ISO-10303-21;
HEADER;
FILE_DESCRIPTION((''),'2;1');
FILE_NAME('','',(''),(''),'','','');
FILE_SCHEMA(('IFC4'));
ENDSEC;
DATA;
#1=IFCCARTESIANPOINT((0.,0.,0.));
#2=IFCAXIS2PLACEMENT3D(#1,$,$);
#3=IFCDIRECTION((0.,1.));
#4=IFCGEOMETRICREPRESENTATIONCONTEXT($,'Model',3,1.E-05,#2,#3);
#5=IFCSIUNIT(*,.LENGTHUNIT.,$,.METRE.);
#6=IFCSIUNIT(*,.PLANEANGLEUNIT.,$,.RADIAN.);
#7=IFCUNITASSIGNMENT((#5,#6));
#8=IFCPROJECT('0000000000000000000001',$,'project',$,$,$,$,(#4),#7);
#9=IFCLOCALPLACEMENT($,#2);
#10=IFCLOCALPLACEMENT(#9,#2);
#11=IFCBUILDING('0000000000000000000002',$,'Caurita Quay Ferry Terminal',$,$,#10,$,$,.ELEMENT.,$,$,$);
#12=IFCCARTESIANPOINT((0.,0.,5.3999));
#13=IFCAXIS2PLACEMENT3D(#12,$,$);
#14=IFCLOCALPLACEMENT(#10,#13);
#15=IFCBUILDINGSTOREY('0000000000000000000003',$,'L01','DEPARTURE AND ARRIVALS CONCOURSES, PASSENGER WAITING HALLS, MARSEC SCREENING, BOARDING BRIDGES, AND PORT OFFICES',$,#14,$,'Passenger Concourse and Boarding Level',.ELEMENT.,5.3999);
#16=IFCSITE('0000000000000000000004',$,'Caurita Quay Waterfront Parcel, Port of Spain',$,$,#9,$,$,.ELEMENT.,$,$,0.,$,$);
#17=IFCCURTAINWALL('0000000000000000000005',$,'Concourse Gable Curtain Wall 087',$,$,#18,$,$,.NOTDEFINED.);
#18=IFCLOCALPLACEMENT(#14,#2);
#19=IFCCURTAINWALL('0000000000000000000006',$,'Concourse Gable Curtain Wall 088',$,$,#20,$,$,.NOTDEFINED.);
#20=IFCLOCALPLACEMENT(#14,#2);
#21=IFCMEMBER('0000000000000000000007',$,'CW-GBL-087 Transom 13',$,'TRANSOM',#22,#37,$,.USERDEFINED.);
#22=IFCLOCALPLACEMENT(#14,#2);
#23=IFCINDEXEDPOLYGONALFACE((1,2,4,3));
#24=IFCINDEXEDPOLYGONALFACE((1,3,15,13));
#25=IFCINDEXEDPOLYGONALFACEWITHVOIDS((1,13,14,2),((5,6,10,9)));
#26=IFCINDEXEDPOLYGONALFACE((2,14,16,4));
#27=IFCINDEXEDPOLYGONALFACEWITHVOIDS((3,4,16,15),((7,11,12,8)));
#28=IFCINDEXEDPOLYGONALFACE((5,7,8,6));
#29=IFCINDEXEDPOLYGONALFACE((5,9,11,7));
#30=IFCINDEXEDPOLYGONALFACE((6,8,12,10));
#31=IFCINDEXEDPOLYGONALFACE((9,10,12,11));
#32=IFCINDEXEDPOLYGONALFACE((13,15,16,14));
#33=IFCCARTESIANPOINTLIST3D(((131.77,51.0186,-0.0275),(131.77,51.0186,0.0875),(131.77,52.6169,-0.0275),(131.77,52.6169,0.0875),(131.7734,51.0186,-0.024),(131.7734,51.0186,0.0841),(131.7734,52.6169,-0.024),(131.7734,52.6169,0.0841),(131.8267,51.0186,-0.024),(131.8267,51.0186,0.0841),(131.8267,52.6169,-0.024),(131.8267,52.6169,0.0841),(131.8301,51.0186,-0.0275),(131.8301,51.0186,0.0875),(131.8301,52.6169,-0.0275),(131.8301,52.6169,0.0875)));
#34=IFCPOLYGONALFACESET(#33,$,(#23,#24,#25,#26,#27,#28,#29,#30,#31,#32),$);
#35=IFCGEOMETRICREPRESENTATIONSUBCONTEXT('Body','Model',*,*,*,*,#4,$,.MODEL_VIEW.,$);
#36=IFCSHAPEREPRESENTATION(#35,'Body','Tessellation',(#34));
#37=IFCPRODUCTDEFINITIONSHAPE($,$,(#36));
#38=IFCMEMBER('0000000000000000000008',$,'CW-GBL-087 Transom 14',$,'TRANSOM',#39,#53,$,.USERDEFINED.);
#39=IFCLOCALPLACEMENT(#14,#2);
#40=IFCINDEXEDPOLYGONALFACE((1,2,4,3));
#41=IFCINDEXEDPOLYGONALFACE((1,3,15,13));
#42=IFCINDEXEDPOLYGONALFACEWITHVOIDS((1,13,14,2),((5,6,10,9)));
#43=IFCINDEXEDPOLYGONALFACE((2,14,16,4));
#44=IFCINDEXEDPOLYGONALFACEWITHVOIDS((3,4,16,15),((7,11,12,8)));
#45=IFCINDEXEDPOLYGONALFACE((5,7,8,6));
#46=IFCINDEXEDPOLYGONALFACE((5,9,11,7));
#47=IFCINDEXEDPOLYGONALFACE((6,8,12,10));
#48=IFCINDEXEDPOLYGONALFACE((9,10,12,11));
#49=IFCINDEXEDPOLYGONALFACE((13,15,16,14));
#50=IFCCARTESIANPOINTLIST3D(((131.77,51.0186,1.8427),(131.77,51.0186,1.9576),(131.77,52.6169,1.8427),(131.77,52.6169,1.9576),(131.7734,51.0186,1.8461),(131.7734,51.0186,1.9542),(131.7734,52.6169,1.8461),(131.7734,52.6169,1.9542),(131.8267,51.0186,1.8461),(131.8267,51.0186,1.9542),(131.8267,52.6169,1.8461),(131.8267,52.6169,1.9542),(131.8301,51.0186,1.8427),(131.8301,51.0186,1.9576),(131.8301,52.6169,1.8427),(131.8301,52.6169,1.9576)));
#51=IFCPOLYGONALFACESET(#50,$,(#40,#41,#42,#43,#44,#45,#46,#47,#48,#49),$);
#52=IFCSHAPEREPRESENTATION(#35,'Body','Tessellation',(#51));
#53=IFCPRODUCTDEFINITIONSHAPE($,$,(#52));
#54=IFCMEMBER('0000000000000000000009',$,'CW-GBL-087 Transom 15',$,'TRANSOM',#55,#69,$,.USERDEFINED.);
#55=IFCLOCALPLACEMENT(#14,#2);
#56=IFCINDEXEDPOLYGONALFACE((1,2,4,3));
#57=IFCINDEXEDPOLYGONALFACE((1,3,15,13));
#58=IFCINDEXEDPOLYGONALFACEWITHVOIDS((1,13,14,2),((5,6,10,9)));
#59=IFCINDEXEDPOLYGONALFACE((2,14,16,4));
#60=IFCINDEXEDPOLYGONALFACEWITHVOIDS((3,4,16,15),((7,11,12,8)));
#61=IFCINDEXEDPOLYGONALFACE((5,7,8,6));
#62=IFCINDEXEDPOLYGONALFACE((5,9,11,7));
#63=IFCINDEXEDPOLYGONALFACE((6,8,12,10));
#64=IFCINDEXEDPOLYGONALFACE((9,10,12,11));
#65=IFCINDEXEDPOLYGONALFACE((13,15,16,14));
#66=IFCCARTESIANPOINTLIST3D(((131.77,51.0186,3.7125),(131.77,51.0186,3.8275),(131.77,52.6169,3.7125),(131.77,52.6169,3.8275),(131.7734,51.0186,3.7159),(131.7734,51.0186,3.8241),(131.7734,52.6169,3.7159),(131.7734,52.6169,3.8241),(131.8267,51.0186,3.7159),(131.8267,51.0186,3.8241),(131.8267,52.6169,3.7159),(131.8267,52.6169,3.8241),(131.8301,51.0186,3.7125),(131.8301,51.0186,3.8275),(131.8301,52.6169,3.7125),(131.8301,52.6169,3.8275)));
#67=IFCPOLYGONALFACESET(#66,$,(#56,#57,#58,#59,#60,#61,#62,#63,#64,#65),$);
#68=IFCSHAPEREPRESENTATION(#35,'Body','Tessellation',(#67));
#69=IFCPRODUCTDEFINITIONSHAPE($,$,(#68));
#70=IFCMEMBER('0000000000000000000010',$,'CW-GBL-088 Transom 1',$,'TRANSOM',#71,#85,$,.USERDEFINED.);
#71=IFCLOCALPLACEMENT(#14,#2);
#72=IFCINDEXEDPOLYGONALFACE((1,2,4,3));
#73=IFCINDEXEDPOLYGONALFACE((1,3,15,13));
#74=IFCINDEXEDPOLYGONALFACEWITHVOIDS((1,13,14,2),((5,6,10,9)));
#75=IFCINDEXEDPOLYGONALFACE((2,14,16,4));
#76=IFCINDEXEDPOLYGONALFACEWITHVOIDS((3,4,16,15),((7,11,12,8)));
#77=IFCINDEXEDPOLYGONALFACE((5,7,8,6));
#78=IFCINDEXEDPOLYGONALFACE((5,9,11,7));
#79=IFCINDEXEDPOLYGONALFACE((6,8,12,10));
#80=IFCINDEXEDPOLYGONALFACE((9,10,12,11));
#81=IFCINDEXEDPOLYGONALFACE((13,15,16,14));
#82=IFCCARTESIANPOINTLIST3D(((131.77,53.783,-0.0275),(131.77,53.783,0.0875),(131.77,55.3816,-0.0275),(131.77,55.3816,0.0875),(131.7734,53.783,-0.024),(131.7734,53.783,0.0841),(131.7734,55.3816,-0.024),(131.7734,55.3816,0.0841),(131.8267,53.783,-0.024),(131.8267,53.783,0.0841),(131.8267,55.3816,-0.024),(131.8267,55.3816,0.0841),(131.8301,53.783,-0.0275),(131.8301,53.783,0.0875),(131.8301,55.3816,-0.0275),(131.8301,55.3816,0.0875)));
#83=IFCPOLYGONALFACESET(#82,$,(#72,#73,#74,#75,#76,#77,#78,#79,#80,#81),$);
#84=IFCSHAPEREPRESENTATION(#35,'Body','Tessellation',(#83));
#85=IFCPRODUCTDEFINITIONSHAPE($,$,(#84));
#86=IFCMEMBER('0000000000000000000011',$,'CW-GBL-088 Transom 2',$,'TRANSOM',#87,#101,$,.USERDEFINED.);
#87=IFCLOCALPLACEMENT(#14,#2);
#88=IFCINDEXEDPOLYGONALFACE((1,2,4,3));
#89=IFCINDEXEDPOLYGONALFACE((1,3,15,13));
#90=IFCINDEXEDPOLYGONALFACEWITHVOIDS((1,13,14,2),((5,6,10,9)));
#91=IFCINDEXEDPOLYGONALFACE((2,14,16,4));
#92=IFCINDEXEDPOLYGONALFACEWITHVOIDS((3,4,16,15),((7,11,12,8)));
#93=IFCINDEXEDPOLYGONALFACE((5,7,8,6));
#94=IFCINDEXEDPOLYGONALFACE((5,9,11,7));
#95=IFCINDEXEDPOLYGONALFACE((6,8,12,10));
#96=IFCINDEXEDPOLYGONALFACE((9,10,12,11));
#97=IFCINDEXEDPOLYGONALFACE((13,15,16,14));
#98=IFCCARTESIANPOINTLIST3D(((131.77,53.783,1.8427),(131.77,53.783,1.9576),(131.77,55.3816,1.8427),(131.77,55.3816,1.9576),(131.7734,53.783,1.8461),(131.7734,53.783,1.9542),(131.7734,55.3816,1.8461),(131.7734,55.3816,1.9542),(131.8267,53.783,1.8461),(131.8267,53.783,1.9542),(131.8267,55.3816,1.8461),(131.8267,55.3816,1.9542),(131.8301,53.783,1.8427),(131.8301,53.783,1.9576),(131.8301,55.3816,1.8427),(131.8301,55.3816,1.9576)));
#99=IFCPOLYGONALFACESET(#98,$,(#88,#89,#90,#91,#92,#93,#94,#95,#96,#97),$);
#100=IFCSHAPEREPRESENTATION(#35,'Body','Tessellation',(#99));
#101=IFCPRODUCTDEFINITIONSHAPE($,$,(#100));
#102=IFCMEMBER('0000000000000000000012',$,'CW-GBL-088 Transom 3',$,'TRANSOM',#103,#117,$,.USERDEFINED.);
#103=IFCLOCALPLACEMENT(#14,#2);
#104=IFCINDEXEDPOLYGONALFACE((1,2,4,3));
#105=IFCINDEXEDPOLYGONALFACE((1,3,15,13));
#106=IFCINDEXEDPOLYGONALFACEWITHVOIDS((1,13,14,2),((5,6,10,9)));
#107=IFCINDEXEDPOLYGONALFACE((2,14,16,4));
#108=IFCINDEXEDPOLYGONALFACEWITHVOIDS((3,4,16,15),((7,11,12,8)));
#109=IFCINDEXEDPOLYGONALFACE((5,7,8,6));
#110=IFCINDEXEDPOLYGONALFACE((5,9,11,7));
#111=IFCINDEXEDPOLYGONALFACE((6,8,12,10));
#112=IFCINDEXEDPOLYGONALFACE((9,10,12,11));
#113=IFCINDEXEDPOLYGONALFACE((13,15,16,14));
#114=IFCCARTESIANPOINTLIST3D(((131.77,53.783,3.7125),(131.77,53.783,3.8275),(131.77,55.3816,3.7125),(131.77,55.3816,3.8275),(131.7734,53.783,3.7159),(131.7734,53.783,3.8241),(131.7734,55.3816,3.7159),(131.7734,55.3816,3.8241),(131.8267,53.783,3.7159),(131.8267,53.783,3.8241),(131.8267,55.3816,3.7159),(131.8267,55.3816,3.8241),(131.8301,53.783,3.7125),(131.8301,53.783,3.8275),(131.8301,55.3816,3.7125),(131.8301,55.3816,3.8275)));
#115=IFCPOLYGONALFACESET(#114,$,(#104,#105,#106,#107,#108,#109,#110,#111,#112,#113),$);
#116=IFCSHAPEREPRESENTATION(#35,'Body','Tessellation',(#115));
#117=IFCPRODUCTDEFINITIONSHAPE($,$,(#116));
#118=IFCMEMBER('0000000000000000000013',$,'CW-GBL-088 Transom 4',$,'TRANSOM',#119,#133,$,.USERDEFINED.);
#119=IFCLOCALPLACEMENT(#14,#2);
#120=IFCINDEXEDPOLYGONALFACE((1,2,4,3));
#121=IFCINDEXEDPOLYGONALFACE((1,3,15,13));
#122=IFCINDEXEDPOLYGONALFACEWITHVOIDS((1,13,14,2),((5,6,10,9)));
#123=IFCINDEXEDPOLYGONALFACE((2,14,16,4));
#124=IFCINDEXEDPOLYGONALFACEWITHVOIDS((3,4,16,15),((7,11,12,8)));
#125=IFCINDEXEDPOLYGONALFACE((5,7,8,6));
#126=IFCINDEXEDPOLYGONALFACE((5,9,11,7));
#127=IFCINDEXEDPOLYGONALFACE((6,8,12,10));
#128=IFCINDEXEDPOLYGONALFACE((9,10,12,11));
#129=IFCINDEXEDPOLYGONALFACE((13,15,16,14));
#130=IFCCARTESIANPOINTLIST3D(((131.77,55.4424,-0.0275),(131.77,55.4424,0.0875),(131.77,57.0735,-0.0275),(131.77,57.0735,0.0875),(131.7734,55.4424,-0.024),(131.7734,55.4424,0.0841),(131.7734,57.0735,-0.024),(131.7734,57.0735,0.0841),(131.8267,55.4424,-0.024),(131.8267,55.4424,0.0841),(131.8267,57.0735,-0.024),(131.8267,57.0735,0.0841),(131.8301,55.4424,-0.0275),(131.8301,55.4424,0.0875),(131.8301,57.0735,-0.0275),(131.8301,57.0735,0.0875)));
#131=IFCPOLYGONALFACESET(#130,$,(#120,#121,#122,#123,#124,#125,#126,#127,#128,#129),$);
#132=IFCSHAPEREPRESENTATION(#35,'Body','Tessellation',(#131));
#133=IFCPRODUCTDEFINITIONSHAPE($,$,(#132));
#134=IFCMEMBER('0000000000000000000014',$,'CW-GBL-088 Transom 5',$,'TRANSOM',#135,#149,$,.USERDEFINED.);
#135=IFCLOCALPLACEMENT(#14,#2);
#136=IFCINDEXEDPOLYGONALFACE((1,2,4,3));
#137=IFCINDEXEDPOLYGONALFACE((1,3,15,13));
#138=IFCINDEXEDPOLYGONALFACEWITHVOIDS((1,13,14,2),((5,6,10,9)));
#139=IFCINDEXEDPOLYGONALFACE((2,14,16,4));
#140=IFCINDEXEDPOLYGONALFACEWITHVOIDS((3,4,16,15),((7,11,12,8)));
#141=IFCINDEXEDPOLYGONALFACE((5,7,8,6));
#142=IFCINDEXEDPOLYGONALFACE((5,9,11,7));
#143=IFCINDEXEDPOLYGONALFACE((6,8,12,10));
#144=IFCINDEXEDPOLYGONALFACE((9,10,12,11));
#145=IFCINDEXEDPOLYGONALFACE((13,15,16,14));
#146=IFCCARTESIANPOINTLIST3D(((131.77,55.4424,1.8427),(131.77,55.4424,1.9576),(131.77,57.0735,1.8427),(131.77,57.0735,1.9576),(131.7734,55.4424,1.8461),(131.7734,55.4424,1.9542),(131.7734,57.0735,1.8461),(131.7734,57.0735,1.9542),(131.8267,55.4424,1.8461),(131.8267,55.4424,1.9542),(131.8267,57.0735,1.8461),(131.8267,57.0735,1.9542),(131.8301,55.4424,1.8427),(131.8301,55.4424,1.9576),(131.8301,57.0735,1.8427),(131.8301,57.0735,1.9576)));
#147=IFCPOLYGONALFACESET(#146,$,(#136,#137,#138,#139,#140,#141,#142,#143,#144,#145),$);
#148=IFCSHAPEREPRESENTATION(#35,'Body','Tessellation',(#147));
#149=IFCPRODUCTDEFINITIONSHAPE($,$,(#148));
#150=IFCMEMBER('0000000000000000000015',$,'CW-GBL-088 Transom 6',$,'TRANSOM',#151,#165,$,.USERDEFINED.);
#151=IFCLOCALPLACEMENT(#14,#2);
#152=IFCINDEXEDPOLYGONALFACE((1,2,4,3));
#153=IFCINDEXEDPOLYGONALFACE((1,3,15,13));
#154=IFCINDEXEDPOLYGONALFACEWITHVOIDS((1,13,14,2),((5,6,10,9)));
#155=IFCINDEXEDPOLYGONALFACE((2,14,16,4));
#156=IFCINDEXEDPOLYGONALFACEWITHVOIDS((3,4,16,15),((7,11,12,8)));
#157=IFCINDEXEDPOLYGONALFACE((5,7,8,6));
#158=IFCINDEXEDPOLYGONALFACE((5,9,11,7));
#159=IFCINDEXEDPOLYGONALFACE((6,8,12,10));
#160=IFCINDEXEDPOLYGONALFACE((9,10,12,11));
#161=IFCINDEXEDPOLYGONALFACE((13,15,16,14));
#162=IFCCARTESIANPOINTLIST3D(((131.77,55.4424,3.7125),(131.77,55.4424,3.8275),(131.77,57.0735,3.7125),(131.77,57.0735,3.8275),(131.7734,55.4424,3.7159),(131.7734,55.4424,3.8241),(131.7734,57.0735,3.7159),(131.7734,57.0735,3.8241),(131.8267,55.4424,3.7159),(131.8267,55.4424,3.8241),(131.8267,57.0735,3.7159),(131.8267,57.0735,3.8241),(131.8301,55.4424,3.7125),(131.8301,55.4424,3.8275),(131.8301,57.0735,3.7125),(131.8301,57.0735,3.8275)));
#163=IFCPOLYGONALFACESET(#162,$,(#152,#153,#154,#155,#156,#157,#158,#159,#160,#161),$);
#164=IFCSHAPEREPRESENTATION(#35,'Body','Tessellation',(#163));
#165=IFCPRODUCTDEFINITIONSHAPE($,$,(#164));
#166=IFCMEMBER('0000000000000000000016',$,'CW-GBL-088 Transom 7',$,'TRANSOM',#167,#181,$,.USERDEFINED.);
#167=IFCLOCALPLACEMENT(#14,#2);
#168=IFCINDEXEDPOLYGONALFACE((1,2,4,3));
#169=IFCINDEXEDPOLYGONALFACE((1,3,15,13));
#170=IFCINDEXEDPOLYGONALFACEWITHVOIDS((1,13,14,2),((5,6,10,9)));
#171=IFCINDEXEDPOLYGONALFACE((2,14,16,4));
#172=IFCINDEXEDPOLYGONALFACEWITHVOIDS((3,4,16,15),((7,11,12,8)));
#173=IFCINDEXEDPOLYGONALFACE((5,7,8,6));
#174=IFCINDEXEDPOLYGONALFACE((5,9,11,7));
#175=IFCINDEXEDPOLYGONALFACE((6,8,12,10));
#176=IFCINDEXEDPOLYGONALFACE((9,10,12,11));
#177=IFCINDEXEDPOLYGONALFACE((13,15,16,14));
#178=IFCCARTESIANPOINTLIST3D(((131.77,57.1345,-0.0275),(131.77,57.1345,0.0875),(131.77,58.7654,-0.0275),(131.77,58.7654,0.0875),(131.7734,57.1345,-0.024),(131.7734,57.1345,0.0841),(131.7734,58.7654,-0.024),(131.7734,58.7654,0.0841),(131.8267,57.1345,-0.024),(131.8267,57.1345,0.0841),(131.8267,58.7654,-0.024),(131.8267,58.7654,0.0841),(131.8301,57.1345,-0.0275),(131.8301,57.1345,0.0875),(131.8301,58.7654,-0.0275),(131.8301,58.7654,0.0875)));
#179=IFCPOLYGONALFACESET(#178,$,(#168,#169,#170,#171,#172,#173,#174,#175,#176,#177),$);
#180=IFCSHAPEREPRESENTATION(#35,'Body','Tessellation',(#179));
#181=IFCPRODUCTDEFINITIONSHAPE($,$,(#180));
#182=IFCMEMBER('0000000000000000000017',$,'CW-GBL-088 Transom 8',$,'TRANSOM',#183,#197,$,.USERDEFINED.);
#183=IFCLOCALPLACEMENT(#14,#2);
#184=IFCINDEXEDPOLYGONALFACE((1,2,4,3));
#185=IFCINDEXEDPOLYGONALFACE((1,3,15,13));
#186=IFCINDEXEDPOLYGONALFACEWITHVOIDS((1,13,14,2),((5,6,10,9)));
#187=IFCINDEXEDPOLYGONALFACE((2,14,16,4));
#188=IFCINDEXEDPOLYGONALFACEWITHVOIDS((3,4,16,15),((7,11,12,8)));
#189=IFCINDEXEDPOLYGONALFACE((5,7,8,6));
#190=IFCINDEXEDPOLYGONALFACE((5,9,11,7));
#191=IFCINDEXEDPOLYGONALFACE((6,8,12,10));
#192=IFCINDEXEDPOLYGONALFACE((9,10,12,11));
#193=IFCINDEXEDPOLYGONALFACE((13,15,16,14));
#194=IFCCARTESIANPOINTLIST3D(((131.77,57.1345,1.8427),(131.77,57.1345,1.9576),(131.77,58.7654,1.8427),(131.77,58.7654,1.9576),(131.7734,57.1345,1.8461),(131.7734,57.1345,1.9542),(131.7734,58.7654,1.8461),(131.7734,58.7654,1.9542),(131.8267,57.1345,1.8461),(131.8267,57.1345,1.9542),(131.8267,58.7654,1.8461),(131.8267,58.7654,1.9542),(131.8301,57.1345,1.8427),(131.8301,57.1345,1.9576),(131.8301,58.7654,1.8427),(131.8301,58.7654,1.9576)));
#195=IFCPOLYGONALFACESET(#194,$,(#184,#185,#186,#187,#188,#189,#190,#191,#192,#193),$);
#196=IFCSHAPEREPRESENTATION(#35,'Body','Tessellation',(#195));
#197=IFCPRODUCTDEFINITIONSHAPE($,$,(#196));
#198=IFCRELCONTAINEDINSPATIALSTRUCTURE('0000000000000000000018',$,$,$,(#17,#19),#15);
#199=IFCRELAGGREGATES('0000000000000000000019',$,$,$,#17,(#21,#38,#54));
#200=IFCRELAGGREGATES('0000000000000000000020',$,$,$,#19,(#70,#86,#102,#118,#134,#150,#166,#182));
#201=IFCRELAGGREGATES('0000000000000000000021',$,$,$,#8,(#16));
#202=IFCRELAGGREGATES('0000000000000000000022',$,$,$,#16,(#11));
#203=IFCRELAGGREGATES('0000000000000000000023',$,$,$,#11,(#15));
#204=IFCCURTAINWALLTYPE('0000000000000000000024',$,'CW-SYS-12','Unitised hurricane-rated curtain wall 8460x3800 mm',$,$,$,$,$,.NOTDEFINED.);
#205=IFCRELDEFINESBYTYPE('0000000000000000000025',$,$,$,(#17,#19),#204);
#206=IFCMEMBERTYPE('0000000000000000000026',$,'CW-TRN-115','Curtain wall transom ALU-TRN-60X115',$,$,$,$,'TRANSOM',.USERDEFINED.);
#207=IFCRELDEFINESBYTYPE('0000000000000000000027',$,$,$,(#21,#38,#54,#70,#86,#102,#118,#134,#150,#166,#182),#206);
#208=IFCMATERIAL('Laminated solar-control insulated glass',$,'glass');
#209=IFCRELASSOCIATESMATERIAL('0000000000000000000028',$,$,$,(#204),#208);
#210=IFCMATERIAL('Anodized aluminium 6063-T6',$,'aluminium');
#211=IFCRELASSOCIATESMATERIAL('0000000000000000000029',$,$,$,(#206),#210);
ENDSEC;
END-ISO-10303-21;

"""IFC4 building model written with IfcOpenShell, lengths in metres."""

from ifc_helpers import new_model, si_unit, direction, frame, origin, origin_2d, place, context, subcontext, project, spatial, hollow_rectangle, extrude, material, material_profile, profile_set, type_object, element, aggregate, save


model = new_model("IFC4")

# Units and contexts
model_context = context("Model", 3, precision=1e-05, world=origin(), true_north=direction((0.0, 1.0)))
body_context = subcontext(model_context, "Body", "Model", "MODEL_VIEW")
ifc_project = project(units=[si_unit("LENGTHUNIT", "METRE"), si_unit("PLANEANGLEUNIT", "RADIAN")], contexts=[model_context])

# Site, building, storey
site_placement = place(None, origin())
site = spatial("IfcSite", under=ifc_project, at=site_placement, Name="Caurita Quay Waterfront Parcel, Port of Spain", CompositionType="ELEMENT", RefElevation=0.0)
building_placement = place(site_placement, origin())
building = spatial("IfcBuilding", under=site, at=building_placement, Name="Caurita Quay Ferry Terminal", CompositionType="ELEMENT")
storey_placement = place(building_placement, frame((0.0, 0.0, 5.3999)))
storey = spatial("IfcBuildingStorey", under=building, at=storey_placement, Name="L01", Description="DEPARTURE AND ARRIVALS CONCOURSES, PASSENGER WAITING HALLS, MARSEC SCREENING, BOARDING BRIDGES, AND PORT OFFICES", LongName="Passenger Concourse and Boarding Level", CompositionType="ELEMENT", Elevation=5.3999)

# Curtain walls
ifc_material_1 = material(Name="Laminated solar-control insulated glass", Category="glass")
curtain_wall_type = type_object("IfcCurtainWallType", Name="CW-SYS-12", Description="Unitised hurricane-rated curtain wall 8460x3800 mm", PredefinedType="NOTDEFINED", material=ifc_material_1)
curtain_wall_1_placement = place(storey_placement, origin())
curtain_wall_1 = element("IfcCurtainWall", 1, at=curtain_wall_1_placement, inside=storey, type_object=curtain_wall_type, Name="Concourse Gable Curtain Wall 087", PredefinedType="NOTDEFINED")
ifc_material_2 = material(Name="Anodized aluminium 6063-T6", Category="aluminium")
curtain_wall_2_placement = place(storey_placement, origin())
curtain_wall_2 = element("IfcCurtainWall", 2, at=curtain_wall_2_placement, inside=storey, type_object=curtain_wall_type, Name="Concourse Gable Curtain Wall 088", PredefinedType="NOTDEFINED")

# Members
ifc_material_profile_1 = material_profile(ifc_material_2, hollow_rectangle(XDim=0.0601, YDim=0.115, WallThickness=0.0034, at=origin_2d()), Name="ALU-TRN-60X115")
ifc_profile_set_1 = profile_set([ifc_material_profile_1], Name="Anodized aluminium 6063-T6")
member_type_1 = type_object("IfcMemberType", Name="CW-TRN-115", Description="Curtain wall transom ALU-TRN-60X115", ElementType="TRANSOM", PredefinedType="USERDEFINED", material=ifc_profile_set_1)
member_1_placement = place(storey_placement, frame((131.8, 51.0186, 0.03), z_axis=(0.0, 1.0, 0.0), x_axis=(-1.0, 0.0, 0.0)))
member_1 = element("IfcMember", 3, at=member_1_placement, type_object=member_type_1, Name="CW-GBL-087 Transom 13", ObjectType="TRANSOM", PredefinedType="USERDEFINED", context=body_context, shape_type="SweptSolid", body=[
    extrude(hollow_rectangle(XDim=0.0601, YDim=0.115, WallThickness=0.0034, at=origin_2d()), origin(), (0.0, 0.0, 1.0), 1.5984),
])
member_2_placement = place(storey_placement, frame((131.8, 51.0186, 1.9001), z_axis=(0.0, 1.0, 0.0), x_axis=(-1.0, 0.0, 0.0)))
member_2 = element("IfcMember", 4, at=member_2_placement, type_object=member_type_1, Name="CW-GBL-087 Transom 14", ObjectType="TRANSOM", PredefinedType="USERDEFINED", context=body_context, shape_type="SweptSolid", body=[
    extrude(hollow_rectangle(XDim=0.0601, YDim=0.115, WallThickness=0.0034, at=origin_2d()), origin(), (0.0, 0.0, 1.0), 1.5984),
])
member_3_placement = place(storey_placement, frame((131.8, 51.0186, 3.77), z_axis=(0.0, 1.0, 0.0), x_axis=(-1.0, 0.0, 0.0)))
member_3 = element("IfcMember", 5, at=member_3_placement, type_object=member_type_1, Name="CW-GBL-087 Transom 15", ObjectType="TRANSOM", PredefinedType="USERDEFINED", context=body_context, shape_type="SweptSolid", body=[
    extrude(hollow_rectangle(XDim=0.0601, YDim=0.115, WallThickness=0.0034, at=origin_2d()), origin(), (0.0, 0.0, 1.0), 1.5984),
])
member_4_placement = place(storey_placement, frame((131.8, 53.783, 0.03), z_axis=(0.0, 1.0, 0.0), x_axis=(-1.0, 0.0, 0.0)))
member_4 = element("IfcMember", 6, at=member_4_placement, type_object=member_type_1, Name="CW-GBL-088 Transom 1", ObjectType="TRANSOM", PredefinedType="USERDEFINED", context=body_context, shape_type="SweptSolid", body=[
    extrude(hollow_rectangle(XDim=0.0601, YDim=0.115, WallThickness=0.0034, at=origin_2d()), origin(), (0.0, 0.0, 1.0), 1.5986),
])
member_5_placement = place(storey_placement, frame((131.8, 53.783, 1.9001), z_axis=(0.0, 1.0, 0.0), x_axis=(-1.0, 0.0, 0.0)))
member_5 = element("IfcMember", 7, at=member_5_placement, type_object=member_type_1, Name="CW-GBL-088 Transom 2", ObjectType="TRANSOM", PredefinedType="USERDEFINED", context=body_context, shape_type="SweptSolid", body=[
    extrude(hollow_rectangle(XDim=0.0601, YDim=0.115, WallThickness=0.0034, at=origin_2d()), origin(), (0.0, 0.0, 1.0), 1.5986),
])
member_6_placement = place(storey_placement, frame((131.8, 53.783, 3.77), z_axis=(0.0, 1.0, 0.0), x_axis=(-1.0, 0.0, 0.0)))
member_6 = element("IfcMember", 8, at=member_6_placement, type_object=member_type_1, Name="CW-GBL-088 Transom 3", ObjectType="TRANSOM", PredefinedType="USERDEFINED", context=body_context, shape_type="SweptSolid", body=[
    extrude(hollow_rectangle(XDim=0.0601, YDim=0.115, WallThickness=0.0034, at=origin_2d()), origin(), (0.0, 0.0, 1.0), 1.5986),
])
member_7_placement = place(storey_placement, frame((131.8, 55.4424, 0.03), z_axis=(0.0, 1.0, 0.0), x_axis=(-1.0, 0.0, 0.0)))
member_7 = element("IfcMember", 9, at=member_7_placement, type_object=member_type_1, Name="CW-GBL-088 Transom 4", ObjectType="TRANSOM", PredefinedType="USERDEFINED", context=body_context, shape_type="SweptSolid", body=[
    extrude(hollow_rectangle(XDim=0.0601, YDim=0.115, WallThickness=0.0034, at=origin_2d()), origin(), (0.0, 0.0, 1.0), 1.6311),
])
member_8_placement = place(storey_placement, frame((131.8, 55.4424, 1.9001), z_axis=(0.0, 1.0, 0.0), x_axis=(-1.0, 0.0, 0.0)))
member_8 = element("IfcMember", 10, at=member_8_placement, type_object=member_type_1, Name="CW-GBL-088 Transom 5", ObjectType="TRANSOM", PredefinedType="USERDEFINED", context=body_context, shape_type="SweptSolid", body=[
    extrude(hollow_rectangle(XDim=0.0601, YDim=0.115, WallThickness=0.0034, at=origin_2d()), origin(), (0.0, 0.0, 1.0), 1.6311),
])
member_9_placement = place(storey_placement, frame((131.8, 55.4424, 3.77), z_axis=(0.0, 1.0, 0.0), x_axis=(-1.0, 0.0, 0.0)))
member_9 = element("IfcMember", 11, at=member_9_placement, type_object=member_type_1, Name="CW-GBL-088 Transom 6", ObjectType="TRANSOM", PredefinedType="USERDEFINED", context=body_context, shape_type="SweptSolid", body=[
    extrude(hollow_rectangle(XDim=0.0601, YDim=0.115, WallThickness=0.0034, at=origin_2d()), origin(), (0.0, 0.0, 1.0), 1.6311),
])
member_10_placement = place(storey_placement, frame((131.8, 57.1345, 0.03), z_axis=(0.0, 1.0, 0.0), x_axis=(-1.0, 0.0, 0.0)))
member_10 = element("IfcMember", 12, at=member_10_placement, type_object=member_type_1, Name="CW-GBL-088 Transom 7", ObjectType="TRANSOM", PredefinedType="USERDEFINED", context=body_context, shape_type="SweptSolid", body=[
    extrude(hollow_rectangle(XDim=0.0601, YDim=0.115, WallThickness=0.0034, at=origin_2d()), origin(), (0.0, 0.0, 1.0), 1.6309),
])
member_11_placement = place(storey_placement, frame((131.8, 57.1345, 1.9001), z_axis=(0.0, 1.0, 0.0), x_axis=(-1.0, 0.0, 0.0)))
member_11 = element("IfcMember", 13, at=member_11_placement, type_object=member_type_1, Name="CW-GBL-088 Transom 8", ObjectType="TRANSOM", PredefinedType="USERDEFINED", context=body_context, shape_type="SweptSolid", body=[
    extrude(hollow_rectangle(XDim=0.0601, YDim=0.115, WallThickness=0.0034, at=origin_2d()), origin(), (0.0, 0.0, 1.0), 1.6309),
])

aggregate(curtain_wall_1, [member_1, member_2, member_3])
aggregate(curtain_wall_2, [member_4, member_5, member_6, member_7, member_8, member_9, member_10, member_11])

save(model, "model.ifc")
